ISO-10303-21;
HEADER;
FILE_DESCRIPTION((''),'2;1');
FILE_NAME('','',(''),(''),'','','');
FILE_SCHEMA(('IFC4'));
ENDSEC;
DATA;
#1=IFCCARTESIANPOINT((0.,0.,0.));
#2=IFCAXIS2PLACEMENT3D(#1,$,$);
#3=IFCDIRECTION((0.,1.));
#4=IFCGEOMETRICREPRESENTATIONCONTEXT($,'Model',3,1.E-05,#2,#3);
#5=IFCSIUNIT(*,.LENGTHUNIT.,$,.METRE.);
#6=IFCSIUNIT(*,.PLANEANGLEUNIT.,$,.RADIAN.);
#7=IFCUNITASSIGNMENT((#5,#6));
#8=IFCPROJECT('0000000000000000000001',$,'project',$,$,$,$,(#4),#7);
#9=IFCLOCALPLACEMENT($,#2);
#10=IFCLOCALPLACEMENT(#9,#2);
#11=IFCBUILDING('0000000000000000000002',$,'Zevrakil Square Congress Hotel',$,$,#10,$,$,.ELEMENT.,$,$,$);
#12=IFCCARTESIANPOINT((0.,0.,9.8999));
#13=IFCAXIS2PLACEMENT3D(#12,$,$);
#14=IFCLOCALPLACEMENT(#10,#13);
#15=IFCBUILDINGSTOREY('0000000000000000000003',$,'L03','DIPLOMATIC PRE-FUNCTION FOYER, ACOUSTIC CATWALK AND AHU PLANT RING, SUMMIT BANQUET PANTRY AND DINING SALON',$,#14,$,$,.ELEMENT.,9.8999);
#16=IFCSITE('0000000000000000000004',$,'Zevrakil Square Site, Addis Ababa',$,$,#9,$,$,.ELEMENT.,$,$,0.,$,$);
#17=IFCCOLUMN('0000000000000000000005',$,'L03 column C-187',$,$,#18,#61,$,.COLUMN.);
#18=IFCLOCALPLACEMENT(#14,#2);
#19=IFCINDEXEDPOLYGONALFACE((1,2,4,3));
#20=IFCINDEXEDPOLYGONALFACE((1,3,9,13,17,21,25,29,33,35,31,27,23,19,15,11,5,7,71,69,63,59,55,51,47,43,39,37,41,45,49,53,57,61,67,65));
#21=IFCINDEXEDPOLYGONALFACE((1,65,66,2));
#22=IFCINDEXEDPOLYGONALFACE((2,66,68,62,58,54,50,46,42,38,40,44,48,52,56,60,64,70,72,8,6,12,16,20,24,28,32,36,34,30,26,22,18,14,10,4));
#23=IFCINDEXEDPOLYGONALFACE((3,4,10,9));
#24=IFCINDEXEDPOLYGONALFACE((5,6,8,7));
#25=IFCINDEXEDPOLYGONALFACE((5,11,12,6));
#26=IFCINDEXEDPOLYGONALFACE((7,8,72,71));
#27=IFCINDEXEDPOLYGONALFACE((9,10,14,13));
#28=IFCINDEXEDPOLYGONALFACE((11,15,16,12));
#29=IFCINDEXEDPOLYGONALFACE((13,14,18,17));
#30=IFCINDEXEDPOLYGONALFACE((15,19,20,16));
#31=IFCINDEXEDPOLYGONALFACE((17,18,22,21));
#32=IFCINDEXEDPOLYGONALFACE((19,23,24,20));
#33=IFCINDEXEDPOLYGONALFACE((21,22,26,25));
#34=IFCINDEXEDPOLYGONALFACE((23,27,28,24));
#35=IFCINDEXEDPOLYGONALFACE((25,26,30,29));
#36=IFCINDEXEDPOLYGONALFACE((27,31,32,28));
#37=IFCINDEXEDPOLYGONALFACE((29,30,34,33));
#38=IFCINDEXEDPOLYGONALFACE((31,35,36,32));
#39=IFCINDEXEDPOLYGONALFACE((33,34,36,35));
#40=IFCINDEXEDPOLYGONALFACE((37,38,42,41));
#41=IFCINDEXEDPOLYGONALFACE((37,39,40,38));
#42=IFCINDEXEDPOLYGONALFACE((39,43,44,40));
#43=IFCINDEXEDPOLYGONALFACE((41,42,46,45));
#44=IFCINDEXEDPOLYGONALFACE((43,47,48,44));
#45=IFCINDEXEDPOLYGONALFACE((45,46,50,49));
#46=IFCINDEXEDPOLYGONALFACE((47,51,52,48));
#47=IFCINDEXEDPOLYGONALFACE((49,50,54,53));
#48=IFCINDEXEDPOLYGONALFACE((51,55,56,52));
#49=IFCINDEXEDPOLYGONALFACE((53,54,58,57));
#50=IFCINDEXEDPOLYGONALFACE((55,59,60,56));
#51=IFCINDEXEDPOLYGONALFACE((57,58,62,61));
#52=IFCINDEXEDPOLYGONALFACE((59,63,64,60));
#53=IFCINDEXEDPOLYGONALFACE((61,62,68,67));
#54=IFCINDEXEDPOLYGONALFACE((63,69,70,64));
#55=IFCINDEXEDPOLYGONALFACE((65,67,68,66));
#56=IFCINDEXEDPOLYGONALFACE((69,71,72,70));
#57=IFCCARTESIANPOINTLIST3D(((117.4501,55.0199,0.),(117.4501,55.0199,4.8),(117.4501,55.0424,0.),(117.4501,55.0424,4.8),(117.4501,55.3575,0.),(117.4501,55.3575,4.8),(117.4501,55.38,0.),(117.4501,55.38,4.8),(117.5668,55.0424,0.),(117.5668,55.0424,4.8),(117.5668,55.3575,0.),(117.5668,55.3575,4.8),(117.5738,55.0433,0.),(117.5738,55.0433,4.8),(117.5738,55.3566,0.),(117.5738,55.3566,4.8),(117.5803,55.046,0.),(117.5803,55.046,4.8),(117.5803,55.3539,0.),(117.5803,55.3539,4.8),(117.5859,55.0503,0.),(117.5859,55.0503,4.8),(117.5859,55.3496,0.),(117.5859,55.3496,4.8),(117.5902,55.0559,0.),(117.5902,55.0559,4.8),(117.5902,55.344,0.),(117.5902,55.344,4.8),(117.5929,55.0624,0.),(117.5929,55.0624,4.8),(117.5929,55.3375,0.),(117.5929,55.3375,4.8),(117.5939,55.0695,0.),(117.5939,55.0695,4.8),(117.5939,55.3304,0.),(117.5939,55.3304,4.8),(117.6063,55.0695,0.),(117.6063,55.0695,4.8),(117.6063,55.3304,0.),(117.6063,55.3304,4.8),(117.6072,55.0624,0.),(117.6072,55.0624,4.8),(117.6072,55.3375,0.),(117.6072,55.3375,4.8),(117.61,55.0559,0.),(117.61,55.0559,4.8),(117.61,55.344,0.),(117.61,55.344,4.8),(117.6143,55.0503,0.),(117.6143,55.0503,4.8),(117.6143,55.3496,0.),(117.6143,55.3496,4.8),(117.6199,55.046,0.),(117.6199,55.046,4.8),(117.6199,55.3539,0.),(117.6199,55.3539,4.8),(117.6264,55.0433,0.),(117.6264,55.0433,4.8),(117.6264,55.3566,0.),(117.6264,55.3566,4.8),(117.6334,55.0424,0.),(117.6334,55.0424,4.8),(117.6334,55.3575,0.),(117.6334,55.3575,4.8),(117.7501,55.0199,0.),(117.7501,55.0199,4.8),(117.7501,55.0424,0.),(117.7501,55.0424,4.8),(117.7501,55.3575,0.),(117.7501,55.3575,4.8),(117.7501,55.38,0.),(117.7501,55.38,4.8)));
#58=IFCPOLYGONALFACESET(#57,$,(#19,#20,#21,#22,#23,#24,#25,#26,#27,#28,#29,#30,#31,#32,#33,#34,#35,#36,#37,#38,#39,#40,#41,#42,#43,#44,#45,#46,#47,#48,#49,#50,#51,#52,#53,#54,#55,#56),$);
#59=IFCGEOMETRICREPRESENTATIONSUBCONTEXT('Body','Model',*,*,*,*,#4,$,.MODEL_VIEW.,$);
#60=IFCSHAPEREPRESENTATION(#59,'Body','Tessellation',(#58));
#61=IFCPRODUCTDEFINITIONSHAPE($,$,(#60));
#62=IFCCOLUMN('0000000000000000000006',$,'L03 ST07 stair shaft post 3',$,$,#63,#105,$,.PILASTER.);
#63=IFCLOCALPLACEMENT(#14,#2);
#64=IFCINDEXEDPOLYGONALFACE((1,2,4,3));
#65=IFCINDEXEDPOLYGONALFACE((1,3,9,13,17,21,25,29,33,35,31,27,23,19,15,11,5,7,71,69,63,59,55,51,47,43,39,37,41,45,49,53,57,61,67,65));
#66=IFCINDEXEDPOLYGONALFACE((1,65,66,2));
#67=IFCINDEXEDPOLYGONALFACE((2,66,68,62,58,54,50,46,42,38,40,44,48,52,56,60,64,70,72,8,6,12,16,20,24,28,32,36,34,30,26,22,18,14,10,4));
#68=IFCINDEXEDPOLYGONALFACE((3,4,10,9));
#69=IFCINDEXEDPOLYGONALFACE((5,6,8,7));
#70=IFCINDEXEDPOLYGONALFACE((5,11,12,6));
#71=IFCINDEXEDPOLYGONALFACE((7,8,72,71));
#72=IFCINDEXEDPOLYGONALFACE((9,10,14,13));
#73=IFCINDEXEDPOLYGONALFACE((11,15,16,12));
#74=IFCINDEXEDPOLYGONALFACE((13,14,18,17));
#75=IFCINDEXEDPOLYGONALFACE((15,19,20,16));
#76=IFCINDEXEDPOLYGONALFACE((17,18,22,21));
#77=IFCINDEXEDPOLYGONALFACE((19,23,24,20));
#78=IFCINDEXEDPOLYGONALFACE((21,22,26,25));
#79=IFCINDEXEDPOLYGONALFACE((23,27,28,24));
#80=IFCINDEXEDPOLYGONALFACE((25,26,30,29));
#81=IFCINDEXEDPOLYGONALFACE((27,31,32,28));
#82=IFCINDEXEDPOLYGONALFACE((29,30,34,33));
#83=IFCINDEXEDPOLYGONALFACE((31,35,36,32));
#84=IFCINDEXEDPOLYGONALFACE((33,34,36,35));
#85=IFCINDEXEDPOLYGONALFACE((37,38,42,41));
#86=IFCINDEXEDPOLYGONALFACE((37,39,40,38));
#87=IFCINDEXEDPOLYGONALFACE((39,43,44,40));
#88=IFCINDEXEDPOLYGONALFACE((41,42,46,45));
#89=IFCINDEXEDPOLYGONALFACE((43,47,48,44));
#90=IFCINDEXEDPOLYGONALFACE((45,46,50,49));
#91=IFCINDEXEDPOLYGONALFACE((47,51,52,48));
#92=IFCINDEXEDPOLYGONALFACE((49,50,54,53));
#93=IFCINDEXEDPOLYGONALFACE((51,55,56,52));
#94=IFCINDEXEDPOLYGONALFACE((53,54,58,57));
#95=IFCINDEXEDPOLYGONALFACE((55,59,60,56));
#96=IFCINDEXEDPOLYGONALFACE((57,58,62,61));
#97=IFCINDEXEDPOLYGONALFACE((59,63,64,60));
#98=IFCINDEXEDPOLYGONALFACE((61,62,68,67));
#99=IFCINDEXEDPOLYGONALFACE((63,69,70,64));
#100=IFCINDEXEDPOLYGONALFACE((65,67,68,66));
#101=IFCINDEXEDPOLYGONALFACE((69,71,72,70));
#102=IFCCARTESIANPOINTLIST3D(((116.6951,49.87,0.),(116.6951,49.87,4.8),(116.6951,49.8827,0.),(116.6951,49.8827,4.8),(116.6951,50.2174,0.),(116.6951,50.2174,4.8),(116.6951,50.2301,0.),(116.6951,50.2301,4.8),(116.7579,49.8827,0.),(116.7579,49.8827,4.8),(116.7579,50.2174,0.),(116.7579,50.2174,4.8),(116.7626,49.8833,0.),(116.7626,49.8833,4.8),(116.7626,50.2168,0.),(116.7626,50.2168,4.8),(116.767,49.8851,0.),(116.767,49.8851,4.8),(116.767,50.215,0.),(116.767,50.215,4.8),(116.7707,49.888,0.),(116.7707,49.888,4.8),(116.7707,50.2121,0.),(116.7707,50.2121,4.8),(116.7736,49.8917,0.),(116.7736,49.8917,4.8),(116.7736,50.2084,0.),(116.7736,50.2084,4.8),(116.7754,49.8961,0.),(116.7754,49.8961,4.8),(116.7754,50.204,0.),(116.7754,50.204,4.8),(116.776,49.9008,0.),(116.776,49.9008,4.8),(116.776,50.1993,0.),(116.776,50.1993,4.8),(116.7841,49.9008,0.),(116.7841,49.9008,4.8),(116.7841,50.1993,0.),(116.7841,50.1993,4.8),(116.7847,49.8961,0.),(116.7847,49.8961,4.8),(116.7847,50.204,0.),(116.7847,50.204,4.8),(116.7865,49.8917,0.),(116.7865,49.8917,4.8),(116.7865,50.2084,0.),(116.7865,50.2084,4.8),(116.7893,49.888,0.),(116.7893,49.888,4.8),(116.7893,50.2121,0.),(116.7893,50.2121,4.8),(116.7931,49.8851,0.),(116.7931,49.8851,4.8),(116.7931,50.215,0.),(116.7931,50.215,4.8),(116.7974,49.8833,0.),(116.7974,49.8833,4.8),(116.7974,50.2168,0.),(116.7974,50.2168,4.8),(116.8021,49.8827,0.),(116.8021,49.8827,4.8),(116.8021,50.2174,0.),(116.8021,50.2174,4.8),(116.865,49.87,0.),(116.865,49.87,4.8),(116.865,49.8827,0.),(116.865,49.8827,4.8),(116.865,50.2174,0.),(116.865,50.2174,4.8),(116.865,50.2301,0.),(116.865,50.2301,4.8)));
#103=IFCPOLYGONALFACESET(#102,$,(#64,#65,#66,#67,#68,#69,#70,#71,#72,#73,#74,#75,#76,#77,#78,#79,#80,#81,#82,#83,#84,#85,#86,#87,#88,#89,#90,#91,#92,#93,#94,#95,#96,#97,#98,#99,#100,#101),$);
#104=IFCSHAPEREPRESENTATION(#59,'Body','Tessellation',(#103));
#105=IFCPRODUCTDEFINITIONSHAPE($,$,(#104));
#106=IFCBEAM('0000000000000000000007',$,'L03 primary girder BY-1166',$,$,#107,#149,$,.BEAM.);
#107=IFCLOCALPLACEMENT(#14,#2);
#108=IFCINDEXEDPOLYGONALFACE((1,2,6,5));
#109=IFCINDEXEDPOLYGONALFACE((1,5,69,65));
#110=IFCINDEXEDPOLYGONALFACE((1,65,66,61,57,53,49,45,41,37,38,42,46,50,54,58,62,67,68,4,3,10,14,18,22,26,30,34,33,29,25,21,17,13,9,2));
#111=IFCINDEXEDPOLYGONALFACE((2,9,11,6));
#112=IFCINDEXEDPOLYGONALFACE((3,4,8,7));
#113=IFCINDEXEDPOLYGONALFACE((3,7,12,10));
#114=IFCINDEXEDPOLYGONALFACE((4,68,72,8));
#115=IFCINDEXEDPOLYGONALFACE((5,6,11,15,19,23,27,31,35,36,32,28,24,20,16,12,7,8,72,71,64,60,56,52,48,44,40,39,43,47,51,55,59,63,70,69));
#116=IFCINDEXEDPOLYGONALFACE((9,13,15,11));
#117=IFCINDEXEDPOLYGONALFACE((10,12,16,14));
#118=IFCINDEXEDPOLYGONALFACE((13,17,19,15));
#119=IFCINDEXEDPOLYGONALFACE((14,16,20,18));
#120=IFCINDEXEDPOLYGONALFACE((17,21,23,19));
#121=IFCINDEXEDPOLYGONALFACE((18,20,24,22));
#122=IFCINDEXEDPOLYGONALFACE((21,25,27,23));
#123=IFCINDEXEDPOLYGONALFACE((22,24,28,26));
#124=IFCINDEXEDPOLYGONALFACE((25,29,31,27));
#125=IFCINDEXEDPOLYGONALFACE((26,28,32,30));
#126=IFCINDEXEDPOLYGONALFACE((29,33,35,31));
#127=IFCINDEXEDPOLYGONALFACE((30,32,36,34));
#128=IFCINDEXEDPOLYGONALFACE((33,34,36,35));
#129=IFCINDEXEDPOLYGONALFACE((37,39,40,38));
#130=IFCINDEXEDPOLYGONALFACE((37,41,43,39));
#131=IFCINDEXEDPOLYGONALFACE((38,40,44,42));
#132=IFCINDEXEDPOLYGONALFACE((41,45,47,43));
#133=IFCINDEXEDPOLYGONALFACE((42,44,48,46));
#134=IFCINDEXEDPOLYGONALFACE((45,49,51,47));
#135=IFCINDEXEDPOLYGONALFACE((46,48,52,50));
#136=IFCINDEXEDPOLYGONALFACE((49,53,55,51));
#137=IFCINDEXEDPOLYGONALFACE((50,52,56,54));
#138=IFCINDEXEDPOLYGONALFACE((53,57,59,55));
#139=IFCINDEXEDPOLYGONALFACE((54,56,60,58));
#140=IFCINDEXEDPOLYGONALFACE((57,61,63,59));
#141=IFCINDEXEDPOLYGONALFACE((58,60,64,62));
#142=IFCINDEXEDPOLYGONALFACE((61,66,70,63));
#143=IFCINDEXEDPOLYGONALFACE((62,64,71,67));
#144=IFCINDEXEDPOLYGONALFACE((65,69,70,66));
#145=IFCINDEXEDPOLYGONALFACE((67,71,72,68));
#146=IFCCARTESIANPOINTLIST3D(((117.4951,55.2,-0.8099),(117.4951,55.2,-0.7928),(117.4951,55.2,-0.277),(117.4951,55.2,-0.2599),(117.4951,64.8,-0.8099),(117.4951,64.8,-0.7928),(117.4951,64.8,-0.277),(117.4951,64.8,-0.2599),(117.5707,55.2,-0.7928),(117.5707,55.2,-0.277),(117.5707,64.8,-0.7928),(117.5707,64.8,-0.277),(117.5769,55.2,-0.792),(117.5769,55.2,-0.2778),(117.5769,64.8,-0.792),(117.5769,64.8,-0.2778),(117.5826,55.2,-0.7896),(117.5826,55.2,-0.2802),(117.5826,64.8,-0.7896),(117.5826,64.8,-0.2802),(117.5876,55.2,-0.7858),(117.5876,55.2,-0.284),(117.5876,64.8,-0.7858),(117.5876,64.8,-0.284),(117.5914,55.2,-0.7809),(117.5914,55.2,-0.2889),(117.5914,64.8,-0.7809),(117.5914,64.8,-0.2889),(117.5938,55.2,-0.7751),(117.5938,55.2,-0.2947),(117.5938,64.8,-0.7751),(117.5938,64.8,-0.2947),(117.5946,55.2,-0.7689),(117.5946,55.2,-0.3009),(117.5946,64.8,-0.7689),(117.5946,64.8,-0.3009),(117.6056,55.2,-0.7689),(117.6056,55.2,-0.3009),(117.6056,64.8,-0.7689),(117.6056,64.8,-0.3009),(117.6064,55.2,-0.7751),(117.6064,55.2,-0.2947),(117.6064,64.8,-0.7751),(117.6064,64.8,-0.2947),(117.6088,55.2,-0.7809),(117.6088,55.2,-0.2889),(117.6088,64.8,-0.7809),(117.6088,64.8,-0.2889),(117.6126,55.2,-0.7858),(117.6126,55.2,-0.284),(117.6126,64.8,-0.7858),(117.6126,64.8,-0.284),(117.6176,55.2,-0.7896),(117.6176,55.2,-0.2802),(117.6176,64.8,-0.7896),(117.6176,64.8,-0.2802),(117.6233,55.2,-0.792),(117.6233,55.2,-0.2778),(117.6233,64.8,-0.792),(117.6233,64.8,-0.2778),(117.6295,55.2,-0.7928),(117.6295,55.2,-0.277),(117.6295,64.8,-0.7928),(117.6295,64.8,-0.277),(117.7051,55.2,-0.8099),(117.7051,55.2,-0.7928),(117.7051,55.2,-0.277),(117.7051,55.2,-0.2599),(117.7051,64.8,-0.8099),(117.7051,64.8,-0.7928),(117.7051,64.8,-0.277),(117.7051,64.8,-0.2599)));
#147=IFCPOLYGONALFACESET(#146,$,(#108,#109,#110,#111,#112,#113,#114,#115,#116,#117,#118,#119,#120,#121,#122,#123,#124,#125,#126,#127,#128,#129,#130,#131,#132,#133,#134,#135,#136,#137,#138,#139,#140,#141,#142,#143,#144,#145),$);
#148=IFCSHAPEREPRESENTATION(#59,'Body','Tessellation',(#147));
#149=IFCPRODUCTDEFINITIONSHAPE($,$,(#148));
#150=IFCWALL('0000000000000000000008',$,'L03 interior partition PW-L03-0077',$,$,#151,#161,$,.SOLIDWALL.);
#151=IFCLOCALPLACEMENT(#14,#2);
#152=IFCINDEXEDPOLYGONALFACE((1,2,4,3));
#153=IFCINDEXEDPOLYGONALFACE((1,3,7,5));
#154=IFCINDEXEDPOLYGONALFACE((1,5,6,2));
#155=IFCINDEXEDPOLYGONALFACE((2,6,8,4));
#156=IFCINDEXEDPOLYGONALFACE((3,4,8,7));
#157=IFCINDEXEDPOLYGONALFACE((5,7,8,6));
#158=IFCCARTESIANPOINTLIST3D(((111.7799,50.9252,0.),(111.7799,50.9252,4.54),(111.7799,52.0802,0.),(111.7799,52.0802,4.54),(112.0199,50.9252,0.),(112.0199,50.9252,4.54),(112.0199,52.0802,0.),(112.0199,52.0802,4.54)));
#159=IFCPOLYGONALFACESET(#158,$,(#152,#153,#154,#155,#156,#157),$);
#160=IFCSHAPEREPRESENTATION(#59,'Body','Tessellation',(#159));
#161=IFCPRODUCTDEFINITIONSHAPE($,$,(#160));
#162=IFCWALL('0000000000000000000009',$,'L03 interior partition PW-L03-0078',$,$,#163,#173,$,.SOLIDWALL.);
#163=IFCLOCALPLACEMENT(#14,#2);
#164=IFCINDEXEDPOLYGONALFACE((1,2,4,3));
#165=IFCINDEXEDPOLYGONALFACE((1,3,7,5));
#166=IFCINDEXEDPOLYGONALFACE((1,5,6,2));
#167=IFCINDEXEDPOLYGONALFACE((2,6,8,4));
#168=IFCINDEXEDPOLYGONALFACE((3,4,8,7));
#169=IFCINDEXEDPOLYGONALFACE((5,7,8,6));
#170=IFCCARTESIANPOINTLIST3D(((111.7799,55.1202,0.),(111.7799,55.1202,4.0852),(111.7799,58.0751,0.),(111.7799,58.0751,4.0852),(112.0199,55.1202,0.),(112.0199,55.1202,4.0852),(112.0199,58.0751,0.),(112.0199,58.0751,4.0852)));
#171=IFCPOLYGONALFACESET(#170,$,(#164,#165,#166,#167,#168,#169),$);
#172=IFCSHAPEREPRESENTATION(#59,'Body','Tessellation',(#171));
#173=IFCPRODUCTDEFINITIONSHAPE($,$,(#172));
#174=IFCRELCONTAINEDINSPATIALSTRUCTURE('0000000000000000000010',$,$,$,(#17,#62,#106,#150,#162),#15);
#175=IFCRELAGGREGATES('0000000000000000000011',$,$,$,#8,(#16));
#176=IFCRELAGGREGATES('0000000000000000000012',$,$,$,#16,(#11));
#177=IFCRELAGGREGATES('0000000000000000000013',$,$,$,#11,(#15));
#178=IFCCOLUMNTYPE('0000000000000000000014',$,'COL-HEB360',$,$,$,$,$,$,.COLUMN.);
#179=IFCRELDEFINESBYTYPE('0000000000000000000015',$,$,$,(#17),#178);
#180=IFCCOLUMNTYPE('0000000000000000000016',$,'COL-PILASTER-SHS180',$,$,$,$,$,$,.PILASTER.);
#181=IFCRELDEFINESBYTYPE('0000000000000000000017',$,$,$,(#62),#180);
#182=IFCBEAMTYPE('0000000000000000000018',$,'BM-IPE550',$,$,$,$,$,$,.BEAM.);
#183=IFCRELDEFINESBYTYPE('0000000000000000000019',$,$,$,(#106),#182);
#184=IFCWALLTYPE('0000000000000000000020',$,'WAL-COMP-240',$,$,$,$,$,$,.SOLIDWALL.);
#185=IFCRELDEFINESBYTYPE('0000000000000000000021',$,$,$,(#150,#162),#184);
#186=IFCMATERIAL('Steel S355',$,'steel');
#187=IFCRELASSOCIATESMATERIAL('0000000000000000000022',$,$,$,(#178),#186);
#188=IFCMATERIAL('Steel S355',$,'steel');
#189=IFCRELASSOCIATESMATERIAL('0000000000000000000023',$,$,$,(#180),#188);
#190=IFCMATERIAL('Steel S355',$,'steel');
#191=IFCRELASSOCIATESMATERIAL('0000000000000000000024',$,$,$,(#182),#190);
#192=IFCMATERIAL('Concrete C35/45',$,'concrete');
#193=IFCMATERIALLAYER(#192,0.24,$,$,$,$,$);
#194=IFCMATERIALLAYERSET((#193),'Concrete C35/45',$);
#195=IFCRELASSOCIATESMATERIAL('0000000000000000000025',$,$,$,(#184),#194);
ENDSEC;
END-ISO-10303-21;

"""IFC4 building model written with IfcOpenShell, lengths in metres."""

from ifc_helpers import new_model, si_unit, direction, frame, frame_2d, origin, origin_2d, place, context, subcontext, project, spatial, rectangle, i_section, extrude, material, layer, layer_set, material_profile, profile_set, type_object, element, save


model = new_model("IFC4")

# Units and contexts
model_context = context("Model", 3, precision=1e-05, world=origin(), true_north=direction((0.0, 1.0)))
body_context = subcontext(model_context, "Body", "Model", "MODEL_VIEW")
ifc_project = project(units=[si_unit("LENGTHUNIT", "METRE"), si_unit("PLANEANGLEUNIT", "RADIAN")], contexts=[model_context])

# Site, building, storey
site_placement = place(None, origin())
site = spatial("IfcSite", under=ifc_project, at=site_placement, Name="Zevrakil Square Site, Addis Ababa", CompositionType="ELEMENT", RefElevation=0.0)
building_placement = place(site_placement, origin())
building = spatial("IfcBuilding", under=site, at=building_placement, Name="Zevrakil Square Congress Hotel", CompositionType="ELEMENT")
storey_placement = place(building_placement, frame((0.0, 0.0, 9.8999)))
storey = spatial("IfcBuildingStorey", under=building, at=storey_placement, Name="L03", Description="DIPLOMATIC PRE-FUNCTION FOYER, ACOUSTIC CATWALK AND AHU PLANT RING, SUMMIT BANQUET PANTRY AND DINING SALON", CompositionType="ELEMENT", Elevation=9.8999)

# Columns
ifc_material_1 = material(Name="Steel S355", Category="steel")
ifc_material_profile_1 = material_profile(ifc_material_1, i_section(OverallWidth=0.3, OverallDepth=0.3601, WebThickness=0.0125, FlangeThickness=0.0225, FilletRadius=0.0271, at=origin_2d()), Name="HEB 360")
ifc_profile_set_1 = profile_set([ifc_material_profile_1], Name="Steel S355")
column_type_1 = type_object("IfcColumnType", Name="COL-HEB360", PredefinedType="COLUMN", material=ifc_profile_set_1)
column_1_placement = place(storey_placement, frame((117.6001, 55.2, 0.0), z_axis=(0.0, 0.0, 1.0), x_axis=(1.0, 0.0, 0.0)))
element("IfcColumn", 1, at=column_1_placement, inside=storey, type_object=column_type_1, Name="L03 column C-187", PredefinedType="COLUMN", context=body_context, shape_type="SweptSolid", body=[
    extrude(i_section(OverallWidth=0.3, OverallDepth=0.3601, WebThickness=0.0125, FlangeThickness=0.0225, FilletRadius=0.0271, at=origin_2d()), origin(), (0.0, 0.0, 1.0), 4.8),
])
ifc_material_2 = material(Name="Steel S355", Category="steel")
ifc_material_profile_2 = material_profile(ifc_material_2, i_section(OverallWidth=0.1699, OverallDepth=0.3601, WebThickness=0.0081, FlangeThickness=0.0127, FilletRadius=0.0181, at=origin_2d()), Name="IPE 360")
ifc_profile_set_2 = profile_set([ifc_material_profile_2], Name="Steel S355")
column_type_2 = type_object("IfcColumnType", Name="COL-PILASTER-SHS180", PredefinedType="PILASTER", material=ifc_profile_set_2)
column_2_placement = place(storey_placement, frame((116.78, 50.05, 0.0), z_axis=(0.0, 0.0, 1.0), x_axis=(1.0, 0.0, 0.0)))
element("IfcColumn", 2, at=column_2_placement, inside=storey, type_object=column_type_2, Name="L03 ST07 stair shaft post 3", PredefinedType="PILASTER", context=body_context, shape_type="SweptSolid", body=[
    extrude(i_section(OverallWidth=0.1699, OverallDepth=0.3601, WebThickness=0.0081, FlangeThickness=0.0127, FilletRadius=0.0181, at=origin_2d()), origin(), (0.0, 0.0, 1.0), 4.8),
])

# Beam
ifc_material_3 = material(Name="Steel S355", Category="steel")
ifc_material_profile_3 = material_profile(ifc_material_3, i_section(OverallWidth=0.21, OverallDepth=0.55, WebThickness=0.011, FlangeThickness=0.0171, FilletRadius=0.0239, at=origin_2d()), Name="IPE 550")
ifc_profile_set_3 = profile_set([ifc_material_profile_3], Name="Steel S355")
beam_type = type_object("IfcBeamType", Name="BM-IPE550", PredefinedType="BEAM", material=ifc_profile_set_3)
beam_placement = place(storey_placement, frame((117.6001, 55.2, -0.5349), z_axis=(0.0, 1.0, 0.0), x_axis=(-1.0, 0.0, 0.0)))
element("IfcBeam", 3, at=beam_placement, inside=storey, type_object=beam_type, Name="L03 primary girder BY-1166", PredefinedType="BEAM", context=body_context, shape_type="SweptSolid", body=[
    extrude(i_section(OverallWidth=0.21, OverallDepth=0.55, WebThickness=0.011, FlangeThickness=0.0171, FilletRadius=0.0239, at=origin_2d()), origin(), (0.0, 0.0, 1.0), 9.6001),
])

# Walls
ifc_material_4 = material(Name="Concrete C35/45", Category="concrete")
ifc_layer_1 = layer(ifc_material_4, 0.24)
ifc_layer_set_1 = layer_set([ifc_layer_1], Name="Concrete C35/45")
wall_type_1 = type_object("IfcWallType", Name="WAL-COMP-240", PredefinedType="SOLIDWALL", material=ifc_layer_set_1)
wall_1_placement = place(storey_placement, frame((111.8999, 50.925, 0.0), z_axis=(0.0, 0.0, 1.0), x_axis=(0.0, 1.0, 0.0)))
element("IfcWall", 4, at=wall_1_placement, inside=storey, type_object=wall_type_1, Name="L03 interior partition PW-L03-0077", PredefinedType="SOLIDWALL", context=body_context, shape_type="SweptSolid", body=[
    extrude(rectangle(XDim=1.155, YDim=0.24, at=frame_2d((0.5776, 0.0))), origin(), (0.0, 0.0, 1.0), 4.54),
])
wall_2_placement = place(storey_placement, frame((111.8999, 55.1201, 0.0), z_axis=(0.0, 0.0, 1.0), x_axis=(0.0, 1.0, 0.0)))
element("IfcWall", 5, at=wall_2_placement, inside=storey, type_object=wall_type_1, Name="L03 interior partition PW-L03-0078", PredefinedType="SOLIDWALL", context=body_context, shape_type="SweptSolid", body=[
    extrude(rectangle(XDim=2.9548, YDim=0.24, at=frame_2d((1.4775, 0.0))), origin(), (0.0, 0.0, 1.0), 4.0852),
])

save(model, "model.ifc")
